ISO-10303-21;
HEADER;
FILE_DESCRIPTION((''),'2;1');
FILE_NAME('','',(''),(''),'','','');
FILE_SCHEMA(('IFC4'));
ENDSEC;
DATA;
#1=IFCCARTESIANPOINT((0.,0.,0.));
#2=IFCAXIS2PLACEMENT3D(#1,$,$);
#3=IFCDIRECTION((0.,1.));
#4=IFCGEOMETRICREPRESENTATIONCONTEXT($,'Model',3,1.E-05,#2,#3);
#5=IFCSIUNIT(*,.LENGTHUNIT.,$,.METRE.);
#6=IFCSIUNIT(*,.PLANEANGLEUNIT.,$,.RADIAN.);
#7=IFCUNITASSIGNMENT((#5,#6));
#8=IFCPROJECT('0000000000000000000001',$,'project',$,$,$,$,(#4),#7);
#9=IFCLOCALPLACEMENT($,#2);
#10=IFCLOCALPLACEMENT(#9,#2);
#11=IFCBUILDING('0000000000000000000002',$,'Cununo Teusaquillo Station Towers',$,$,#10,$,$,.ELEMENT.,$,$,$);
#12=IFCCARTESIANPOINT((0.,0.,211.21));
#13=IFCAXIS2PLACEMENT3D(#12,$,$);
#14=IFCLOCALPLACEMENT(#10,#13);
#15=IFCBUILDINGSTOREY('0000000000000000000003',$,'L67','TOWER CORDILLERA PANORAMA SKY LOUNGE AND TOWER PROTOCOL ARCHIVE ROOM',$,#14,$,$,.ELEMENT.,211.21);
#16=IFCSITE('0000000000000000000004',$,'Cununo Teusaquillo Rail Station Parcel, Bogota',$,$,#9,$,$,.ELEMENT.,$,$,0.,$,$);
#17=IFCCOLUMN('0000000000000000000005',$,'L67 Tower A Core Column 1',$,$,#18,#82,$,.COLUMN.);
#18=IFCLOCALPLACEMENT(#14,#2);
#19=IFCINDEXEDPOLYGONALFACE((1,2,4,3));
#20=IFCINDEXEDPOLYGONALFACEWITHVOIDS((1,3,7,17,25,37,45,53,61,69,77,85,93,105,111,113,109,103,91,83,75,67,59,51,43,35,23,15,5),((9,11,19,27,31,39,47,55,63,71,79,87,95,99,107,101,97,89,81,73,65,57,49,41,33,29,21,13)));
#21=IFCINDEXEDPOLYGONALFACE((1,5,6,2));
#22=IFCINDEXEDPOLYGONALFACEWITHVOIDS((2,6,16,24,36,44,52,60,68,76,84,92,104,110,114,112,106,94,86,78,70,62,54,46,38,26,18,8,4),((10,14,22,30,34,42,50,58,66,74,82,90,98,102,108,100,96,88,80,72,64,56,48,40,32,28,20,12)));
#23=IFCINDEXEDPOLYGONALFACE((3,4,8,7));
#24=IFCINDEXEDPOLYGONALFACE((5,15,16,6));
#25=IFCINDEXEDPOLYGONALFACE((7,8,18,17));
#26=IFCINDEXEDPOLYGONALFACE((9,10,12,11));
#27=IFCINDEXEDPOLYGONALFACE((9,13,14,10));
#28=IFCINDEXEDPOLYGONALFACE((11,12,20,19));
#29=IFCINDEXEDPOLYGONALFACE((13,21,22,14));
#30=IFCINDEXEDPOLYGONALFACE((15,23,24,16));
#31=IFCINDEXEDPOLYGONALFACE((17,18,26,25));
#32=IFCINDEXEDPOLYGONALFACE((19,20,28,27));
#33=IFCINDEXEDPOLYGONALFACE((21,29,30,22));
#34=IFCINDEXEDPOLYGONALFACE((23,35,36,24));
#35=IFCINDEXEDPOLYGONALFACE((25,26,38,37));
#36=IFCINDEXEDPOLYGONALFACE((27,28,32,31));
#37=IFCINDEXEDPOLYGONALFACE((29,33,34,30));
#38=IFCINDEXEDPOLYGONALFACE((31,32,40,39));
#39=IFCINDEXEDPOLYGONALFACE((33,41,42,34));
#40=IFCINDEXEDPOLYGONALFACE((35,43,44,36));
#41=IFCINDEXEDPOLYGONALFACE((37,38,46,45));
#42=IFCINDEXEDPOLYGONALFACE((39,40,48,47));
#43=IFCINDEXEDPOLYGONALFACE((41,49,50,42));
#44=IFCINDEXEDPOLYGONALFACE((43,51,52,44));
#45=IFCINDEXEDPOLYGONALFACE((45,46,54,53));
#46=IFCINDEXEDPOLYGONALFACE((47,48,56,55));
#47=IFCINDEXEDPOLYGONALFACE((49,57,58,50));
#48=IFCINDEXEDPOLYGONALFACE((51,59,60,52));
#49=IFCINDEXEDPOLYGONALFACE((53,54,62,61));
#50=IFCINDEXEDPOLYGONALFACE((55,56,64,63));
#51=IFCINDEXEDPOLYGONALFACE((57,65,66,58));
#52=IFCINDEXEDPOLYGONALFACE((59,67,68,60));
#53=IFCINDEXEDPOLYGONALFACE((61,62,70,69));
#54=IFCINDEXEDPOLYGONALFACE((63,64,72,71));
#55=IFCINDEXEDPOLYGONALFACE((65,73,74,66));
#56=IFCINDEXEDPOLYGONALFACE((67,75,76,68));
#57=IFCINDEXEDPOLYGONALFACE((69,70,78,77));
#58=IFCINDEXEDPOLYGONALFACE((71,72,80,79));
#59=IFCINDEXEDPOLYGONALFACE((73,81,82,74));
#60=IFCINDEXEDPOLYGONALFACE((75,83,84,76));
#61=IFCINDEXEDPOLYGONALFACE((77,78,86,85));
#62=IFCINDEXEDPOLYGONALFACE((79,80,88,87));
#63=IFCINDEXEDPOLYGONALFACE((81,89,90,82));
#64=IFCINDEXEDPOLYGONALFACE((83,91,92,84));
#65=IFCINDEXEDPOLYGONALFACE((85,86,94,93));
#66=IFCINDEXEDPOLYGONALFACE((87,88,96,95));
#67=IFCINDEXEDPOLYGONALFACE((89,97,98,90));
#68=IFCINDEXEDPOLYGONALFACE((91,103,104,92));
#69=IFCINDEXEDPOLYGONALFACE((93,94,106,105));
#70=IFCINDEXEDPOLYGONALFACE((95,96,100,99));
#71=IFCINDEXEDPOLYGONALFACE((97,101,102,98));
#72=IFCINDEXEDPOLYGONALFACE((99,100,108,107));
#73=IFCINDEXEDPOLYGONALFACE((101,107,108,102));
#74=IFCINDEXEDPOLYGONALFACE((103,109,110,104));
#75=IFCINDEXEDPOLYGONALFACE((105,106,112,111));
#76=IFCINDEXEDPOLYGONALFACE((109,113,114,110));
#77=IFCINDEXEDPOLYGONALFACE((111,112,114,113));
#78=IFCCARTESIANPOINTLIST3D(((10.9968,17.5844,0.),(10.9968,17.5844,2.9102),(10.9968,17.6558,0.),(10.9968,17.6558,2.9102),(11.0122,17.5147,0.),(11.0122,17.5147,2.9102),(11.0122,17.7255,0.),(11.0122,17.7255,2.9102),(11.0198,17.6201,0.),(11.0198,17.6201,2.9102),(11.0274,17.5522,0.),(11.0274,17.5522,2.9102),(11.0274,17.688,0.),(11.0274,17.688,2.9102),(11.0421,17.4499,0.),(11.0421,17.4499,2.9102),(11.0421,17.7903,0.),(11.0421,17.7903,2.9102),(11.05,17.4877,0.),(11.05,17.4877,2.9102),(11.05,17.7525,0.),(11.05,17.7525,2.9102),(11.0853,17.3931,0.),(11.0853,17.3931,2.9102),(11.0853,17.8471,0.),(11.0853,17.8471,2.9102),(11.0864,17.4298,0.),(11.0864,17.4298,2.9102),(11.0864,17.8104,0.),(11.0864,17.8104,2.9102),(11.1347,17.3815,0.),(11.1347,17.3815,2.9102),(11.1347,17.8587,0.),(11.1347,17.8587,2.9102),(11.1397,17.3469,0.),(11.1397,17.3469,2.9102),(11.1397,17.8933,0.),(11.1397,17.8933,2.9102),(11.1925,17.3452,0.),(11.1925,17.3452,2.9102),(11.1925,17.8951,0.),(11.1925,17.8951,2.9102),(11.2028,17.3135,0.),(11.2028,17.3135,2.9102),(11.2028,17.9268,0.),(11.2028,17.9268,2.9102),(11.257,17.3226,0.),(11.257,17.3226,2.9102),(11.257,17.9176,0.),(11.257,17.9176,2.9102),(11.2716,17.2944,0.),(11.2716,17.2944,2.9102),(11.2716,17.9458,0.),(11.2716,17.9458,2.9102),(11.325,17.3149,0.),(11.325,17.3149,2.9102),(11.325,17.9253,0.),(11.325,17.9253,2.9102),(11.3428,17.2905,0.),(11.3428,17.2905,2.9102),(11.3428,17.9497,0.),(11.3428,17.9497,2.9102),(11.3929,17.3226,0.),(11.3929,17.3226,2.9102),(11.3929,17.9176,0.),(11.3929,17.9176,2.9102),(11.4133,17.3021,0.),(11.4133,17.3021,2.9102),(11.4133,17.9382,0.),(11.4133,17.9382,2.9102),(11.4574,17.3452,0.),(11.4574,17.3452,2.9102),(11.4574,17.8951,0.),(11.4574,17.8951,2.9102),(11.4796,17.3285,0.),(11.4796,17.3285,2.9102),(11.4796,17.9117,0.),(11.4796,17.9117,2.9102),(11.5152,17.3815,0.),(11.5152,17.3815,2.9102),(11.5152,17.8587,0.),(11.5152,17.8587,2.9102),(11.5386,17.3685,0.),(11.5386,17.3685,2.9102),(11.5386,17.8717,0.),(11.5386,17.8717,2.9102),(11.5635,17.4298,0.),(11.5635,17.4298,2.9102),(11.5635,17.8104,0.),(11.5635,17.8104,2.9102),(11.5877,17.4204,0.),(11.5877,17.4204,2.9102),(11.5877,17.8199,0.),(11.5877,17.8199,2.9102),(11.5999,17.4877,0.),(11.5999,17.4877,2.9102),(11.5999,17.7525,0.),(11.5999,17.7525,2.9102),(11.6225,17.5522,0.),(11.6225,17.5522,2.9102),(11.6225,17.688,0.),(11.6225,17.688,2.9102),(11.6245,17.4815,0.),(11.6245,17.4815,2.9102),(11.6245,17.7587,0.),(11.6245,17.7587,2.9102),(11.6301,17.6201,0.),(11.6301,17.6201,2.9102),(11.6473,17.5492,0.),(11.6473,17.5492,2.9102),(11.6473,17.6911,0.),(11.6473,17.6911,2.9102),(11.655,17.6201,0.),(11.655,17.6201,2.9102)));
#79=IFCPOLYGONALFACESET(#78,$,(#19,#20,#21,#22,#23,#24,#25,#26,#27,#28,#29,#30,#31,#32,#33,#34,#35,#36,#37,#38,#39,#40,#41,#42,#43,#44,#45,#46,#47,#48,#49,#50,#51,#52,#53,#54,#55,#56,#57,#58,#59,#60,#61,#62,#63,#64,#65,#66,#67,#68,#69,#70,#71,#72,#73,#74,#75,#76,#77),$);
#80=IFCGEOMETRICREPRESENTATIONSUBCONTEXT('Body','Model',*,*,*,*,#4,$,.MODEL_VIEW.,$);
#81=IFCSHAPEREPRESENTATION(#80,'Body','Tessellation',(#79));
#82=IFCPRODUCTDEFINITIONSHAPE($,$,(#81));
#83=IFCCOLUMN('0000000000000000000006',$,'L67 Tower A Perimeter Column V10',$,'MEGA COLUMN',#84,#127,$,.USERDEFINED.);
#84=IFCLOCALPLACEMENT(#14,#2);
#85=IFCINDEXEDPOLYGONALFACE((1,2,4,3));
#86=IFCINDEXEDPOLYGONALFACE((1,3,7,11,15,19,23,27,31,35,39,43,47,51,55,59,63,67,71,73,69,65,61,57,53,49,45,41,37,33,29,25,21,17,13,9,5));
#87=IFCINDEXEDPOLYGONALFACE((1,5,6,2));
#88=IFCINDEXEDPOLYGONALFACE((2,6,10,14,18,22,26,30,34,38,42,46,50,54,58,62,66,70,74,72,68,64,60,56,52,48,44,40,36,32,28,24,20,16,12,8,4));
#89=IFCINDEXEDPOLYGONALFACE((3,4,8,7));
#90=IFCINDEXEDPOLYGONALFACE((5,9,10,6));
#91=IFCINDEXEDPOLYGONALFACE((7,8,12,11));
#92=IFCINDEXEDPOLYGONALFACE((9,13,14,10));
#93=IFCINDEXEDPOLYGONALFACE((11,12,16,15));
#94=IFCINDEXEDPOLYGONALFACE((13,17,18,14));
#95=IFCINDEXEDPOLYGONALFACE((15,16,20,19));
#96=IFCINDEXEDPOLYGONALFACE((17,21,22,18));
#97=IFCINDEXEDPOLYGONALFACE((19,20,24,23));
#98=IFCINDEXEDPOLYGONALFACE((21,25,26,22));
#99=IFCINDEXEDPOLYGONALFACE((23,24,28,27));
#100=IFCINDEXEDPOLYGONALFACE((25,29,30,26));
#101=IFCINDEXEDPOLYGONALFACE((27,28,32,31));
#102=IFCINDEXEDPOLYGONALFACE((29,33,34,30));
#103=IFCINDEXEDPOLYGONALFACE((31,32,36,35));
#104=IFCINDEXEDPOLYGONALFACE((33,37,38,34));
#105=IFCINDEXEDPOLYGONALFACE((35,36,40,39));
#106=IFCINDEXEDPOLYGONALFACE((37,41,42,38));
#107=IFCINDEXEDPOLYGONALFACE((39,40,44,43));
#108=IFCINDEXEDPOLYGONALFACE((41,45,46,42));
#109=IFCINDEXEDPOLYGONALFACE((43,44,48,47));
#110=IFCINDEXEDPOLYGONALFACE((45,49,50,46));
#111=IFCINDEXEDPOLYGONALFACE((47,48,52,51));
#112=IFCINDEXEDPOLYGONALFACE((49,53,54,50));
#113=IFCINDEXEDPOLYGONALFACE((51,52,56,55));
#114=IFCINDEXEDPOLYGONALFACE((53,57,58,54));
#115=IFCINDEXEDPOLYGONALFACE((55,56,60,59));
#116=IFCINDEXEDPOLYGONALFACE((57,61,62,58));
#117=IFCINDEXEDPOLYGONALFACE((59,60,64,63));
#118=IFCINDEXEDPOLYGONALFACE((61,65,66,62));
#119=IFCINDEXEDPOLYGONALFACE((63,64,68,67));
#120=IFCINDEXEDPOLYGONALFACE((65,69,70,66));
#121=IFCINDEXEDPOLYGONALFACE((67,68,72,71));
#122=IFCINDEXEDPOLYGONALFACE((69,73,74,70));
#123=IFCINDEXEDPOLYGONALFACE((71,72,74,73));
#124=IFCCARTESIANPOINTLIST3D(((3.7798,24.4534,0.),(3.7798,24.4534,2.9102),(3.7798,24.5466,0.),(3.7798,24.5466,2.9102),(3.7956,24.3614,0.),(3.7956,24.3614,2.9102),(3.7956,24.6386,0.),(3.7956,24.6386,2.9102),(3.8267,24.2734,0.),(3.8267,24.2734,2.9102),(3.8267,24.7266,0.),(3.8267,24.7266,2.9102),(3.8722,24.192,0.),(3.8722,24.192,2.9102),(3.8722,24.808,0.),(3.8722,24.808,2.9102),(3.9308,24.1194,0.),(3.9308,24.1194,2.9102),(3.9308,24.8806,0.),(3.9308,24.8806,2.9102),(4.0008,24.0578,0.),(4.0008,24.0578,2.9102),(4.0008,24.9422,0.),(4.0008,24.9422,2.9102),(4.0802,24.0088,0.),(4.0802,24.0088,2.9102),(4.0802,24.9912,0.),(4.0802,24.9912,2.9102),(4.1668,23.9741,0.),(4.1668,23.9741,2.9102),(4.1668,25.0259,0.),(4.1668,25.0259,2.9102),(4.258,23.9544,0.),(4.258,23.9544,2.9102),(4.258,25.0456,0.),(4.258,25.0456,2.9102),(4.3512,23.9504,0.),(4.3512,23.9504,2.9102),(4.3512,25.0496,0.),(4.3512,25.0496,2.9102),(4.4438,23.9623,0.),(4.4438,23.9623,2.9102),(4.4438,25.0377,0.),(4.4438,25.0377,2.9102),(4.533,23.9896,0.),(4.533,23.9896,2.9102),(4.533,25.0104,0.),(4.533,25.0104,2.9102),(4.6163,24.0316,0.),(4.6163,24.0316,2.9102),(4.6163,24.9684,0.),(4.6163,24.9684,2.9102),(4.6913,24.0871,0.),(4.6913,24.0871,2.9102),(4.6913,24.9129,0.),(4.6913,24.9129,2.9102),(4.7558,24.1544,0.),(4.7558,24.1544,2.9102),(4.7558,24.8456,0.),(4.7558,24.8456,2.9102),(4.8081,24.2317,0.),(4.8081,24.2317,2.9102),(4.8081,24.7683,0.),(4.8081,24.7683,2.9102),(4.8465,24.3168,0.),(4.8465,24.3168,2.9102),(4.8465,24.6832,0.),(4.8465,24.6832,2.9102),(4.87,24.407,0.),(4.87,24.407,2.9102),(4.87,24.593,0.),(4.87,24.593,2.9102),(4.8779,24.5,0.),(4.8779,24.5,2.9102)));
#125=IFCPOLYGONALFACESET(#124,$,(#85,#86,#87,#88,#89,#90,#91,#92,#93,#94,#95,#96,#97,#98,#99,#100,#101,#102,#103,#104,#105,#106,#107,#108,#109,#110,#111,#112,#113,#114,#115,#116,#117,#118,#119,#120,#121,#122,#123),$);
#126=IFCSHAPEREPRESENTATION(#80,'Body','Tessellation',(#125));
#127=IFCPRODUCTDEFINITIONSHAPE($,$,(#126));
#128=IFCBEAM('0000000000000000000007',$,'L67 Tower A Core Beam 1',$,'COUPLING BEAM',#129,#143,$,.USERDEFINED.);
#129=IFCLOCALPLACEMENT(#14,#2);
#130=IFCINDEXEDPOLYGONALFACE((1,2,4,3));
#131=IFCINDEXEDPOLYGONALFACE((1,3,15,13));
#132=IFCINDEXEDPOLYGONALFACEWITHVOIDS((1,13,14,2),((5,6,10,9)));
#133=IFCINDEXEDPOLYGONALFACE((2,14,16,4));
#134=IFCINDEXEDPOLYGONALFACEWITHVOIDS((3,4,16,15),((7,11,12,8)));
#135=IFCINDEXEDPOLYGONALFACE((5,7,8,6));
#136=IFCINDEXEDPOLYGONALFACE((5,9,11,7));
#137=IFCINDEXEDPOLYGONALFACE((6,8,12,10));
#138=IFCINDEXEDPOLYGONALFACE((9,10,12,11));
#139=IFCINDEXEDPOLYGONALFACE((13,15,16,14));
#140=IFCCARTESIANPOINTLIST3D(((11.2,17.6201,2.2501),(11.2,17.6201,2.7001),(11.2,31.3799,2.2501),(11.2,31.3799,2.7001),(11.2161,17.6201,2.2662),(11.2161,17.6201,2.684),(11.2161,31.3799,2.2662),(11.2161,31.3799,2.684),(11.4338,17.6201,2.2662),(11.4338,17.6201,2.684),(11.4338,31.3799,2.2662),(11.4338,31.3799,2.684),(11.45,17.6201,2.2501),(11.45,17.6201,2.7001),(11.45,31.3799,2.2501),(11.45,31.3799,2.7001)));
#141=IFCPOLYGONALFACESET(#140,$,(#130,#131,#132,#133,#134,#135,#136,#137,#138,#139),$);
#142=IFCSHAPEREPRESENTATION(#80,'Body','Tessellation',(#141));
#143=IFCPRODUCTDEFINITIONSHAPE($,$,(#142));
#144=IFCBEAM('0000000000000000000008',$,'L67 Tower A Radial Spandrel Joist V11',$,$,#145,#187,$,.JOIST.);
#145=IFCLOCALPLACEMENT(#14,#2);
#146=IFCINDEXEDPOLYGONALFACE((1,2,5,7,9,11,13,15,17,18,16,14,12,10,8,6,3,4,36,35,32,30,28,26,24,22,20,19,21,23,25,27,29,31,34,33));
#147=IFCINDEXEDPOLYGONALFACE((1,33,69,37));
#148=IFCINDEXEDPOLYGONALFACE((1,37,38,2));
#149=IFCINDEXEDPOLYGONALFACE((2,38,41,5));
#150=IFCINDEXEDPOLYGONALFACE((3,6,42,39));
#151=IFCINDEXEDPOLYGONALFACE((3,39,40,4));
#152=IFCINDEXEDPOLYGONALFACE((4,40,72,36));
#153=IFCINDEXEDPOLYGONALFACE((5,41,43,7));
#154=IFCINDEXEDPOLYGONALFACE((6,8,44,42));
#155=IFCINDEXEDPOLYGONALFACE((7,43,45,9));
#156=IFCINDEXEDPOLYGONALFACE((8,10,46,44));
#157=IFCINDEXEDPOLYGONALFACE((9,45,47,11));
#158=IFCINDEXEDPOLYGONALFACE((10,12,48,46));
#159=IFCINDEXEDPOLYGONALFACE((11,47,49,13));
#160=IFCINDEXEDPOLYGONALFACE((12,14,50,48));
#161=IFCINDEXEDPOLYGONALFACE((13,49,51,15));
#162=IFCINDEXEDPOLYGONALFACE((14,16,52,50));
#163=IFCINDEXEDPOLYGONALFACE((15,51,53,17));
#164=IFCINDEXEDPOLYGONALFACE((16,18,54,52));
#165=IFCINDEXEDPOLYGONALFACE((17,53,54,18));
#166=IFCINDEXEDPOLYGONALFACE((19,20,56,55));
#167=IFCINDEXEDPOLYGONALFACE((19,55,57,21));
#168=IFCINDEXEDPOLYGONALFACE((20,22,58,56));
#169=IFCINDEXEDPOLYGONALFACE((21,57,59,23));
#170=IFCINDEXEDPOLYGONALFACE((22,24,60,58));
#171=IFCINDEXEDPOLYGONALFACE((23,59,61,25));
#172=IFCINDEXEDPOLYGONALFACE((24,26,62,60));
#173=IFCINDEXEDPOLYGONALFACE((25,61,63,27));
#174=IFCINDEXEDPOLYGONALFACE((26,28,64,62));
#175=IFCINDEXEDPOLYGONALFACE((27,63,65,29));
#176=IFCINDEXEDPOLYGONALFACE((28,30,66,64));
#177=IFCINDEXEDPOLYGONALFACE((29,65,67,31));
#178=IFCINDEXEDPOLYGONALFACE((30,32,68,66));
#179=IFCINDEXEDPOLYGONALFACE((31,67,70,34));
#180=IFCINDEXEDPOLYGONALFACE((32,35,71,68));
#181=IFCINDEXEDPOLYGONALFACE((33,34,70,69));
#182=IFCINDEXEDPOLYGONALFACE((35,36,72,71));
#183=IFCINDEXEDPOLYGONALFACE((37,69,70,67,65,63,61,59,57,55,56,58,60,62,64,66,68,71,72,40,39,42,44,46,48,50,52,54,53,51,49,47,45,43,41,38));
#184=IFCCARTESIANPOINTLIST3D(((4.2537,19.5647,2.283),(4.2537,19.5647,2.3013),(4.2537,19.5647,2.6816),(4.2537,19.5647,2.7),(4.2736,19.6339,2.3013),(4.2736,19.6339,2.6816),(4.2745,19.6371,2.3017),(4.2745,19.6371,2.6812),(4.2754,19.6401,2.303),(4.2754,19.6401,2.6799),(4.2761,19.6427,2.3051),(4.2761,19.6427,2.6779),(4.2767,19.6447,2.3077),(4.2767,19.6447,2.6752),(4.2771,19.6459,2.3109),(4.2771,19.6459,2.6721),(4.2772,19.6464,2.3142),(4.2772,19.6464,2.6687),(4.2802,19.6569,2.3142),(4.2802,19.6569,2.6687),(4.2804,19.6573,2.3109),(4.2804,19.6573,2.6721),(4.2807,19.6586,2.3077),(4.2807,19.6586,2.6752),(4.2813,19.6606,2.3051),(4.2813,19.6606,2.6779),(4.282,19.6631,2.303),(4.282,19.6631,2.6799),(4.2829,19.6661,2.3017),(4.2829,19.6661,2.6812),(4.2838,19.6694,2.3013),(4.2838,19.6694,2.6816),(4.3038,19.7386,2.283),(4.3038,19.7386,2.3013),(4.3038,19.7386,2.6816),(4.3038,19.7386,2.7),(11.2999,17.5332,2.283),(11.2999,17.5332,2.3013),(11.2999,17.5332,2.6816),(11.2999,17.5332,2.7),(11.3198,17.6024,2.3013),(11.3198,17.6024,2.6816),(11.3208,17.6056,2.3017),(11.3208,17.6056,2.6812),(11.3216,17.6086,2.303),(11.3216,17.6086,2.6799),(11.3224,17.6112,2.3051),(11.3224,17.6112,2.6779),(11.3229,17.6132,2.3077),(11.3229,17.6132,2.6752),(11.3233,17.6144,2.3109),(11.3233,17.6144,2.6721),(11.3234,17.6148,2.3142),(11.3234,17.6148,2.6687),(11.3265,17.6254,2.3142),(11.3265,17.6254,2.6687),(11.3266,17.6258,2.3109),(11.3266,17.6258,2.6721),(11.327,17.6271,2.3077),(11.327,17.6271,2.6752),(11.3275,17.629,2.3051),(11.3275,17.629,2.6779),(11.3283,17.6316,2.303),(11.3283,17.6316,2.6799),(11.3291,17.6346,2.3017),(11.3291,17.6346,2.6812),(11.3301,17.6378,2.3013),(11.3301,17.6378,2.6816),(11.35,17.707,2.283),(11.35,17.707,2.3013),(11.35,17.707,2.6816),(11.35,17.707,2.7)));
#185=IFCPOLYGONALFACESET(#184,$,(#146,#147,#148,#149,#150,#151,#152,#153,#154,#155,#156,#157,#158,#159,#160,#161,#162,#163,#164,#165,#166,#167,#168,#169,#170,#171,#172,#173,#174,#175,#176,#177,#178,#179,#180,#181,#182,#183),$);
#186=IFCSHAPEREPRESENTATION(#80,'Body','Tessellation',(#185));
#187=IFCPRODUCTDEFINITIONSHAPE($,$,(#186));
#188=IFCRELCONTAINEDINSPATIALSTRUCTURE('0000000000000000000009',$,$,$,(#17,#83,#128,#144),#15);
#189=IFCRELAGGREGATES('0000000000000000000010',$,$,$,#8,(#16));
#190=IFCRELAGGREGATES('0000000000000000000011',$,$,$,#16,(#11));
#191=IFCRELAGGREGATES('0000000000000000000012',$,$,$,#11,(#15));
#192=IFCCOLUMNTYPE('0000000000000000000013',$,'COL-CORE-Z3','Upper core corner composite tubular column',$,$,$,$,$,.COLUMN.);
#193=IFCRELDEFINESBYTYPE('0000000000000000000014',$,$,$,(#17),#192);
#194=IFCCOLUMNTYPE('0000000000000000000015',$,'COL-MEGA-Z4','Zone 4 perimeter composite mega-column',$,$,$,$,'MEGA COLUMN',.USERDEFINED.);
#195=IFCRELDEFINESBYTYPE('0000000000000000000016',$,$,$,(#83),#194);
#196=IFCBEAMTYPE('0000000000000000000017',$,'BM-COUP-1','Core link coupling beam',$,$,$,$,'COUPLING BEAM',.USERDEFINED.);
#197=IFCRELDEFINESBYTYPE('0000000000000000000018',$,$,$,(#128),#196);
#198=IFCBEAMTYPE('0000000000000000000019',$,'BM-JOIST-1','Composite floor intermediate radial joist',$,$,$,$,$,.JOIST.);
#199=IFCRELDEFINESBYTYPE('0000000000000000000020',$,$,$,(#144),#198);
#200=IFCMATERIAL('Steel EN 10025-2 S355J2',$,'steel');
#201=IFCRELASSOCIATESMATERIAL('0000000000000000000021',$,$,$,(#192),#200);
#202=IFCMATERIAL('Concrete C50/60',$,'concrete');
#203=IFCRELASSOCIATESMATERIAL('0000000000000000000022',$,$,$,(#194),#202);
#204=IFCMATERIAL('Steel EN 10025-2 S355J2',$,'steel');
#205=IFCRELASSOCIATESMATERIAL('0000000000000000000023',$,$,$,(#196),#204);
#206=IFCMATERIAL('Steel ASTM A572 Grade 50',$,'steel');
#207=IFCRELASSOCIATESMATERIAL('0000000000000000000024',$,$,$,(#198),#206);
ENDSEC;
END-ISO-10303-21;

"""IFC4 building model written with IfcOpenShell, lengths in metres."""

from ifc_helpers import new_model, si_unit, direction, frame, origin, origin_2d, place, context, subcontext, project, spatial, hollow_rectangle, circle, hollow_circle, i_section, extrude, material, material_profile, profile_set, type_object, element, save


model = new_model("IFC4")

# Units and contexts
model_context = context("Model", 3, precision=1e-05, world=origin(), true_north=direction((0.0, 1.0)))
body_context = subcontext(model_context, "Body", "Model", "MODEL_VIEW")
ifc_project = project(units=[si_unit("LENGTHUNIT", "METRE"), si_unit("PLANEANGLEUNIT", "RADIAN")], contexts=[model_context])

# Site, building, storey
site_placement = place(None, origin())
site = spatial("IfcSite", under=ifc_project, at=site_placement, Name="Cununo Teusaquillo Rail Station Parcel, Bogota", CompositionType="ELEMENT", RefElevation=0.0)
building_placement = place(site_placement, origin())
building = spatial("IfcBuilding", under=site, at=building_placement, Name="Cununo Teusaquillo Station Towers", CompositionType="ELEMENT")
storey_placement = place(building_placement, frame((0.0, 0.0, 211.21)))
storey = spatial("IfcBuildingStorey", under=building, at=storey_placement, Name="L67", Description="TOWER CORDILLERA PANORAMA SKY LOUNGE AND TOWER PROTOCOL ARCHIVE ROOM", CompositionType="ELEMENT", Elevation=211.21)

# Columns
ifc_material_1 = material(Name="Steel EN 10025-2 S355J2", Category="steel")
ifc_material_profile_1 = material_profile(ifc_material_1, hollow_circle(Radius=0.3301, WallThickness=0.0249, at=origin_2d()), Name="CHS 660x25")
ifc_profile_set_1 = profile_set([ifc_material_profile_1], Name="Steel EN 10025-2 S355J2")
column_type_1 = type_object("IfcColumnType", Name="COL-CORE-Z3", Description="Upper core corner composite tubular column", PredefinedType="COLUMN", material=ifc_profile_set_1)
column_1_placement = place(storey_placement, frame((11.325, 17.6201, 0.0), z_axis=(0.0, 0.0, 1.0), x_axis=(1.0, 0.0, 0.0)))
element("IfcColumn", 1, at=column_1_placement, inside=storey, type_object=column_type_1, Name="L67 Tower A Core Column 1", PredefinedType="COLUMN", context=body_context, shape_type="SweptSolid", body=[
    extrude(hollow_circle(Radius=0.3301, WallThickness=0.0249, at=origin_2d()), origin(), (0.0, 0.0, 1.0), 2.9102),
])
ifc_material_2 = material(Name="Concrete C50/60", Category="concrete")
ifc_material_profile_2 = material_profile(ifc_material_2, circle(Radius=0.55, at=origin_2d()), Name="RC-CIRC-1100")
ifc_profile_set_2 = profile_set([ifc_material_profile_2], Name="Concrete C50/60")
column_type_2 = type_object("IfcColumnType", Name="COL-MEGA-Z4", Description="Zone 4 perimeter composite mega-column", ElementType="MEGA COLUMN", PredefinedType="USERDEFINED", material=ifc_profile_set_2)
column_2_placement = place(storey_placement, frame((4.3279, 24.5, 0.0), z_axis=(0.0, 0.0, 1.0), x_axis=(1.0, 0.0, 0.0)))
element("IfcColumn", 2, at=column_2_placement, inside=storey, type_object=column_type_2, Name="L67 Tower A Perimeter Column V10", ObjectType="MEGA COLUMN", PredefinedType="USERDEFINED", context=body_context, shape_type="SweptSolid", body=[
    extrude(circle(Radius=0.55, at=origin_2d()), origin(), (0.0, 0.0, 1.0), 2.9102),
])

# Beams
ifc_material_3 = material(Name="Steel EN 10025-2 S355J2", Category="steel")
ifc_material_profile_3 = material_profile(ifc_material_3, hollow_rectangle(XDim=0.25, YDim=0.45, WallThickness=0.0161, at=origin_2d()), Name="RHS 450x250x16")
ifc_profile_set_3 = profile_set([ifc_material_profile_3], Name="Steel EN 10025-2 S355J2")
beam_type_1 = type_object("IfcBeamType", Name="BM-COUP-1", Description="Core link coupling beam", ElementType="COUPLING BEAM", PredefinedType="USERDEFINED", material=ifc_profile_set_3)
beam_1_placement = place(storey_placement, frame((11.325, 17.6201, 2.4751), z_axis=(0.0, 1.0, 0.0), x_axis=(-1.0, 0.0, 0.0)))
element("IfcBeam", 3, at=beam_1_placement, inside=storey, type_object=beam_type_1, Name="L67 Tower A Core Beam 1", ObjectType="COUPLING BEAM", PredefinedType="USERDEFINED", context=body_context, shape_type="SweptSolid", body=[
    extrude(hollow_rectangle(XDim=0.25, YDim=0.45, WallThickness=0.0161, at=origin_2d()), origin(), (0.0, 0.0, 1.0), 13.7598),
])
ifc_material_4 = material(Name="Steel ASTM A572 Grade 50", Category="steel")
ifc_material_profile_4 = material_profile(ifc_material_4, i_section(OverallWidth=0.1809, OverallDepth=0.417, WebThickness=0.011, FlangeThickness=0.0183, FilletRadius=0.0129, at=origin_2d()), Name="W16X57")
ifc_profile_set_4 = profile_set([ifc_material_profile_4], Name="Steel ASTM A572 Grade 50")
beam_type_2 = type_object("IfcBeamType", Name="BM-JOIST-1", Description="Composite floor intermediate radial joist", PredefinedType="JOIST", material=ifc_profile_set_4)
beam_2_placement = place(storey_placement, frame((11.325, 17.6201, 2.4915), z_axis=(-0.960862, 0.277029, 0.0), x_axis=(-0.277029, -0.960862, 0.0)))
element("IfcBeam", 4, at=beam_2_placement, inside=storey, type_object=beam_type_2, Name="L67 Tower A Radial Spandrel Joist V11", PredefinedType="JOIST", context=body_context, shape_type="SweptSolid", body=[
    extrude(i_section(OverallWidth=0.1809, OverallDepth=0.417, WebThickness=0.011, FlangeThickness=0.0183, FilletRadius=0.0129, at=origin_2d()), origin(), (0.0, 0.0, 1.0), 7.3333),
])

save(model, "model.ifc")
